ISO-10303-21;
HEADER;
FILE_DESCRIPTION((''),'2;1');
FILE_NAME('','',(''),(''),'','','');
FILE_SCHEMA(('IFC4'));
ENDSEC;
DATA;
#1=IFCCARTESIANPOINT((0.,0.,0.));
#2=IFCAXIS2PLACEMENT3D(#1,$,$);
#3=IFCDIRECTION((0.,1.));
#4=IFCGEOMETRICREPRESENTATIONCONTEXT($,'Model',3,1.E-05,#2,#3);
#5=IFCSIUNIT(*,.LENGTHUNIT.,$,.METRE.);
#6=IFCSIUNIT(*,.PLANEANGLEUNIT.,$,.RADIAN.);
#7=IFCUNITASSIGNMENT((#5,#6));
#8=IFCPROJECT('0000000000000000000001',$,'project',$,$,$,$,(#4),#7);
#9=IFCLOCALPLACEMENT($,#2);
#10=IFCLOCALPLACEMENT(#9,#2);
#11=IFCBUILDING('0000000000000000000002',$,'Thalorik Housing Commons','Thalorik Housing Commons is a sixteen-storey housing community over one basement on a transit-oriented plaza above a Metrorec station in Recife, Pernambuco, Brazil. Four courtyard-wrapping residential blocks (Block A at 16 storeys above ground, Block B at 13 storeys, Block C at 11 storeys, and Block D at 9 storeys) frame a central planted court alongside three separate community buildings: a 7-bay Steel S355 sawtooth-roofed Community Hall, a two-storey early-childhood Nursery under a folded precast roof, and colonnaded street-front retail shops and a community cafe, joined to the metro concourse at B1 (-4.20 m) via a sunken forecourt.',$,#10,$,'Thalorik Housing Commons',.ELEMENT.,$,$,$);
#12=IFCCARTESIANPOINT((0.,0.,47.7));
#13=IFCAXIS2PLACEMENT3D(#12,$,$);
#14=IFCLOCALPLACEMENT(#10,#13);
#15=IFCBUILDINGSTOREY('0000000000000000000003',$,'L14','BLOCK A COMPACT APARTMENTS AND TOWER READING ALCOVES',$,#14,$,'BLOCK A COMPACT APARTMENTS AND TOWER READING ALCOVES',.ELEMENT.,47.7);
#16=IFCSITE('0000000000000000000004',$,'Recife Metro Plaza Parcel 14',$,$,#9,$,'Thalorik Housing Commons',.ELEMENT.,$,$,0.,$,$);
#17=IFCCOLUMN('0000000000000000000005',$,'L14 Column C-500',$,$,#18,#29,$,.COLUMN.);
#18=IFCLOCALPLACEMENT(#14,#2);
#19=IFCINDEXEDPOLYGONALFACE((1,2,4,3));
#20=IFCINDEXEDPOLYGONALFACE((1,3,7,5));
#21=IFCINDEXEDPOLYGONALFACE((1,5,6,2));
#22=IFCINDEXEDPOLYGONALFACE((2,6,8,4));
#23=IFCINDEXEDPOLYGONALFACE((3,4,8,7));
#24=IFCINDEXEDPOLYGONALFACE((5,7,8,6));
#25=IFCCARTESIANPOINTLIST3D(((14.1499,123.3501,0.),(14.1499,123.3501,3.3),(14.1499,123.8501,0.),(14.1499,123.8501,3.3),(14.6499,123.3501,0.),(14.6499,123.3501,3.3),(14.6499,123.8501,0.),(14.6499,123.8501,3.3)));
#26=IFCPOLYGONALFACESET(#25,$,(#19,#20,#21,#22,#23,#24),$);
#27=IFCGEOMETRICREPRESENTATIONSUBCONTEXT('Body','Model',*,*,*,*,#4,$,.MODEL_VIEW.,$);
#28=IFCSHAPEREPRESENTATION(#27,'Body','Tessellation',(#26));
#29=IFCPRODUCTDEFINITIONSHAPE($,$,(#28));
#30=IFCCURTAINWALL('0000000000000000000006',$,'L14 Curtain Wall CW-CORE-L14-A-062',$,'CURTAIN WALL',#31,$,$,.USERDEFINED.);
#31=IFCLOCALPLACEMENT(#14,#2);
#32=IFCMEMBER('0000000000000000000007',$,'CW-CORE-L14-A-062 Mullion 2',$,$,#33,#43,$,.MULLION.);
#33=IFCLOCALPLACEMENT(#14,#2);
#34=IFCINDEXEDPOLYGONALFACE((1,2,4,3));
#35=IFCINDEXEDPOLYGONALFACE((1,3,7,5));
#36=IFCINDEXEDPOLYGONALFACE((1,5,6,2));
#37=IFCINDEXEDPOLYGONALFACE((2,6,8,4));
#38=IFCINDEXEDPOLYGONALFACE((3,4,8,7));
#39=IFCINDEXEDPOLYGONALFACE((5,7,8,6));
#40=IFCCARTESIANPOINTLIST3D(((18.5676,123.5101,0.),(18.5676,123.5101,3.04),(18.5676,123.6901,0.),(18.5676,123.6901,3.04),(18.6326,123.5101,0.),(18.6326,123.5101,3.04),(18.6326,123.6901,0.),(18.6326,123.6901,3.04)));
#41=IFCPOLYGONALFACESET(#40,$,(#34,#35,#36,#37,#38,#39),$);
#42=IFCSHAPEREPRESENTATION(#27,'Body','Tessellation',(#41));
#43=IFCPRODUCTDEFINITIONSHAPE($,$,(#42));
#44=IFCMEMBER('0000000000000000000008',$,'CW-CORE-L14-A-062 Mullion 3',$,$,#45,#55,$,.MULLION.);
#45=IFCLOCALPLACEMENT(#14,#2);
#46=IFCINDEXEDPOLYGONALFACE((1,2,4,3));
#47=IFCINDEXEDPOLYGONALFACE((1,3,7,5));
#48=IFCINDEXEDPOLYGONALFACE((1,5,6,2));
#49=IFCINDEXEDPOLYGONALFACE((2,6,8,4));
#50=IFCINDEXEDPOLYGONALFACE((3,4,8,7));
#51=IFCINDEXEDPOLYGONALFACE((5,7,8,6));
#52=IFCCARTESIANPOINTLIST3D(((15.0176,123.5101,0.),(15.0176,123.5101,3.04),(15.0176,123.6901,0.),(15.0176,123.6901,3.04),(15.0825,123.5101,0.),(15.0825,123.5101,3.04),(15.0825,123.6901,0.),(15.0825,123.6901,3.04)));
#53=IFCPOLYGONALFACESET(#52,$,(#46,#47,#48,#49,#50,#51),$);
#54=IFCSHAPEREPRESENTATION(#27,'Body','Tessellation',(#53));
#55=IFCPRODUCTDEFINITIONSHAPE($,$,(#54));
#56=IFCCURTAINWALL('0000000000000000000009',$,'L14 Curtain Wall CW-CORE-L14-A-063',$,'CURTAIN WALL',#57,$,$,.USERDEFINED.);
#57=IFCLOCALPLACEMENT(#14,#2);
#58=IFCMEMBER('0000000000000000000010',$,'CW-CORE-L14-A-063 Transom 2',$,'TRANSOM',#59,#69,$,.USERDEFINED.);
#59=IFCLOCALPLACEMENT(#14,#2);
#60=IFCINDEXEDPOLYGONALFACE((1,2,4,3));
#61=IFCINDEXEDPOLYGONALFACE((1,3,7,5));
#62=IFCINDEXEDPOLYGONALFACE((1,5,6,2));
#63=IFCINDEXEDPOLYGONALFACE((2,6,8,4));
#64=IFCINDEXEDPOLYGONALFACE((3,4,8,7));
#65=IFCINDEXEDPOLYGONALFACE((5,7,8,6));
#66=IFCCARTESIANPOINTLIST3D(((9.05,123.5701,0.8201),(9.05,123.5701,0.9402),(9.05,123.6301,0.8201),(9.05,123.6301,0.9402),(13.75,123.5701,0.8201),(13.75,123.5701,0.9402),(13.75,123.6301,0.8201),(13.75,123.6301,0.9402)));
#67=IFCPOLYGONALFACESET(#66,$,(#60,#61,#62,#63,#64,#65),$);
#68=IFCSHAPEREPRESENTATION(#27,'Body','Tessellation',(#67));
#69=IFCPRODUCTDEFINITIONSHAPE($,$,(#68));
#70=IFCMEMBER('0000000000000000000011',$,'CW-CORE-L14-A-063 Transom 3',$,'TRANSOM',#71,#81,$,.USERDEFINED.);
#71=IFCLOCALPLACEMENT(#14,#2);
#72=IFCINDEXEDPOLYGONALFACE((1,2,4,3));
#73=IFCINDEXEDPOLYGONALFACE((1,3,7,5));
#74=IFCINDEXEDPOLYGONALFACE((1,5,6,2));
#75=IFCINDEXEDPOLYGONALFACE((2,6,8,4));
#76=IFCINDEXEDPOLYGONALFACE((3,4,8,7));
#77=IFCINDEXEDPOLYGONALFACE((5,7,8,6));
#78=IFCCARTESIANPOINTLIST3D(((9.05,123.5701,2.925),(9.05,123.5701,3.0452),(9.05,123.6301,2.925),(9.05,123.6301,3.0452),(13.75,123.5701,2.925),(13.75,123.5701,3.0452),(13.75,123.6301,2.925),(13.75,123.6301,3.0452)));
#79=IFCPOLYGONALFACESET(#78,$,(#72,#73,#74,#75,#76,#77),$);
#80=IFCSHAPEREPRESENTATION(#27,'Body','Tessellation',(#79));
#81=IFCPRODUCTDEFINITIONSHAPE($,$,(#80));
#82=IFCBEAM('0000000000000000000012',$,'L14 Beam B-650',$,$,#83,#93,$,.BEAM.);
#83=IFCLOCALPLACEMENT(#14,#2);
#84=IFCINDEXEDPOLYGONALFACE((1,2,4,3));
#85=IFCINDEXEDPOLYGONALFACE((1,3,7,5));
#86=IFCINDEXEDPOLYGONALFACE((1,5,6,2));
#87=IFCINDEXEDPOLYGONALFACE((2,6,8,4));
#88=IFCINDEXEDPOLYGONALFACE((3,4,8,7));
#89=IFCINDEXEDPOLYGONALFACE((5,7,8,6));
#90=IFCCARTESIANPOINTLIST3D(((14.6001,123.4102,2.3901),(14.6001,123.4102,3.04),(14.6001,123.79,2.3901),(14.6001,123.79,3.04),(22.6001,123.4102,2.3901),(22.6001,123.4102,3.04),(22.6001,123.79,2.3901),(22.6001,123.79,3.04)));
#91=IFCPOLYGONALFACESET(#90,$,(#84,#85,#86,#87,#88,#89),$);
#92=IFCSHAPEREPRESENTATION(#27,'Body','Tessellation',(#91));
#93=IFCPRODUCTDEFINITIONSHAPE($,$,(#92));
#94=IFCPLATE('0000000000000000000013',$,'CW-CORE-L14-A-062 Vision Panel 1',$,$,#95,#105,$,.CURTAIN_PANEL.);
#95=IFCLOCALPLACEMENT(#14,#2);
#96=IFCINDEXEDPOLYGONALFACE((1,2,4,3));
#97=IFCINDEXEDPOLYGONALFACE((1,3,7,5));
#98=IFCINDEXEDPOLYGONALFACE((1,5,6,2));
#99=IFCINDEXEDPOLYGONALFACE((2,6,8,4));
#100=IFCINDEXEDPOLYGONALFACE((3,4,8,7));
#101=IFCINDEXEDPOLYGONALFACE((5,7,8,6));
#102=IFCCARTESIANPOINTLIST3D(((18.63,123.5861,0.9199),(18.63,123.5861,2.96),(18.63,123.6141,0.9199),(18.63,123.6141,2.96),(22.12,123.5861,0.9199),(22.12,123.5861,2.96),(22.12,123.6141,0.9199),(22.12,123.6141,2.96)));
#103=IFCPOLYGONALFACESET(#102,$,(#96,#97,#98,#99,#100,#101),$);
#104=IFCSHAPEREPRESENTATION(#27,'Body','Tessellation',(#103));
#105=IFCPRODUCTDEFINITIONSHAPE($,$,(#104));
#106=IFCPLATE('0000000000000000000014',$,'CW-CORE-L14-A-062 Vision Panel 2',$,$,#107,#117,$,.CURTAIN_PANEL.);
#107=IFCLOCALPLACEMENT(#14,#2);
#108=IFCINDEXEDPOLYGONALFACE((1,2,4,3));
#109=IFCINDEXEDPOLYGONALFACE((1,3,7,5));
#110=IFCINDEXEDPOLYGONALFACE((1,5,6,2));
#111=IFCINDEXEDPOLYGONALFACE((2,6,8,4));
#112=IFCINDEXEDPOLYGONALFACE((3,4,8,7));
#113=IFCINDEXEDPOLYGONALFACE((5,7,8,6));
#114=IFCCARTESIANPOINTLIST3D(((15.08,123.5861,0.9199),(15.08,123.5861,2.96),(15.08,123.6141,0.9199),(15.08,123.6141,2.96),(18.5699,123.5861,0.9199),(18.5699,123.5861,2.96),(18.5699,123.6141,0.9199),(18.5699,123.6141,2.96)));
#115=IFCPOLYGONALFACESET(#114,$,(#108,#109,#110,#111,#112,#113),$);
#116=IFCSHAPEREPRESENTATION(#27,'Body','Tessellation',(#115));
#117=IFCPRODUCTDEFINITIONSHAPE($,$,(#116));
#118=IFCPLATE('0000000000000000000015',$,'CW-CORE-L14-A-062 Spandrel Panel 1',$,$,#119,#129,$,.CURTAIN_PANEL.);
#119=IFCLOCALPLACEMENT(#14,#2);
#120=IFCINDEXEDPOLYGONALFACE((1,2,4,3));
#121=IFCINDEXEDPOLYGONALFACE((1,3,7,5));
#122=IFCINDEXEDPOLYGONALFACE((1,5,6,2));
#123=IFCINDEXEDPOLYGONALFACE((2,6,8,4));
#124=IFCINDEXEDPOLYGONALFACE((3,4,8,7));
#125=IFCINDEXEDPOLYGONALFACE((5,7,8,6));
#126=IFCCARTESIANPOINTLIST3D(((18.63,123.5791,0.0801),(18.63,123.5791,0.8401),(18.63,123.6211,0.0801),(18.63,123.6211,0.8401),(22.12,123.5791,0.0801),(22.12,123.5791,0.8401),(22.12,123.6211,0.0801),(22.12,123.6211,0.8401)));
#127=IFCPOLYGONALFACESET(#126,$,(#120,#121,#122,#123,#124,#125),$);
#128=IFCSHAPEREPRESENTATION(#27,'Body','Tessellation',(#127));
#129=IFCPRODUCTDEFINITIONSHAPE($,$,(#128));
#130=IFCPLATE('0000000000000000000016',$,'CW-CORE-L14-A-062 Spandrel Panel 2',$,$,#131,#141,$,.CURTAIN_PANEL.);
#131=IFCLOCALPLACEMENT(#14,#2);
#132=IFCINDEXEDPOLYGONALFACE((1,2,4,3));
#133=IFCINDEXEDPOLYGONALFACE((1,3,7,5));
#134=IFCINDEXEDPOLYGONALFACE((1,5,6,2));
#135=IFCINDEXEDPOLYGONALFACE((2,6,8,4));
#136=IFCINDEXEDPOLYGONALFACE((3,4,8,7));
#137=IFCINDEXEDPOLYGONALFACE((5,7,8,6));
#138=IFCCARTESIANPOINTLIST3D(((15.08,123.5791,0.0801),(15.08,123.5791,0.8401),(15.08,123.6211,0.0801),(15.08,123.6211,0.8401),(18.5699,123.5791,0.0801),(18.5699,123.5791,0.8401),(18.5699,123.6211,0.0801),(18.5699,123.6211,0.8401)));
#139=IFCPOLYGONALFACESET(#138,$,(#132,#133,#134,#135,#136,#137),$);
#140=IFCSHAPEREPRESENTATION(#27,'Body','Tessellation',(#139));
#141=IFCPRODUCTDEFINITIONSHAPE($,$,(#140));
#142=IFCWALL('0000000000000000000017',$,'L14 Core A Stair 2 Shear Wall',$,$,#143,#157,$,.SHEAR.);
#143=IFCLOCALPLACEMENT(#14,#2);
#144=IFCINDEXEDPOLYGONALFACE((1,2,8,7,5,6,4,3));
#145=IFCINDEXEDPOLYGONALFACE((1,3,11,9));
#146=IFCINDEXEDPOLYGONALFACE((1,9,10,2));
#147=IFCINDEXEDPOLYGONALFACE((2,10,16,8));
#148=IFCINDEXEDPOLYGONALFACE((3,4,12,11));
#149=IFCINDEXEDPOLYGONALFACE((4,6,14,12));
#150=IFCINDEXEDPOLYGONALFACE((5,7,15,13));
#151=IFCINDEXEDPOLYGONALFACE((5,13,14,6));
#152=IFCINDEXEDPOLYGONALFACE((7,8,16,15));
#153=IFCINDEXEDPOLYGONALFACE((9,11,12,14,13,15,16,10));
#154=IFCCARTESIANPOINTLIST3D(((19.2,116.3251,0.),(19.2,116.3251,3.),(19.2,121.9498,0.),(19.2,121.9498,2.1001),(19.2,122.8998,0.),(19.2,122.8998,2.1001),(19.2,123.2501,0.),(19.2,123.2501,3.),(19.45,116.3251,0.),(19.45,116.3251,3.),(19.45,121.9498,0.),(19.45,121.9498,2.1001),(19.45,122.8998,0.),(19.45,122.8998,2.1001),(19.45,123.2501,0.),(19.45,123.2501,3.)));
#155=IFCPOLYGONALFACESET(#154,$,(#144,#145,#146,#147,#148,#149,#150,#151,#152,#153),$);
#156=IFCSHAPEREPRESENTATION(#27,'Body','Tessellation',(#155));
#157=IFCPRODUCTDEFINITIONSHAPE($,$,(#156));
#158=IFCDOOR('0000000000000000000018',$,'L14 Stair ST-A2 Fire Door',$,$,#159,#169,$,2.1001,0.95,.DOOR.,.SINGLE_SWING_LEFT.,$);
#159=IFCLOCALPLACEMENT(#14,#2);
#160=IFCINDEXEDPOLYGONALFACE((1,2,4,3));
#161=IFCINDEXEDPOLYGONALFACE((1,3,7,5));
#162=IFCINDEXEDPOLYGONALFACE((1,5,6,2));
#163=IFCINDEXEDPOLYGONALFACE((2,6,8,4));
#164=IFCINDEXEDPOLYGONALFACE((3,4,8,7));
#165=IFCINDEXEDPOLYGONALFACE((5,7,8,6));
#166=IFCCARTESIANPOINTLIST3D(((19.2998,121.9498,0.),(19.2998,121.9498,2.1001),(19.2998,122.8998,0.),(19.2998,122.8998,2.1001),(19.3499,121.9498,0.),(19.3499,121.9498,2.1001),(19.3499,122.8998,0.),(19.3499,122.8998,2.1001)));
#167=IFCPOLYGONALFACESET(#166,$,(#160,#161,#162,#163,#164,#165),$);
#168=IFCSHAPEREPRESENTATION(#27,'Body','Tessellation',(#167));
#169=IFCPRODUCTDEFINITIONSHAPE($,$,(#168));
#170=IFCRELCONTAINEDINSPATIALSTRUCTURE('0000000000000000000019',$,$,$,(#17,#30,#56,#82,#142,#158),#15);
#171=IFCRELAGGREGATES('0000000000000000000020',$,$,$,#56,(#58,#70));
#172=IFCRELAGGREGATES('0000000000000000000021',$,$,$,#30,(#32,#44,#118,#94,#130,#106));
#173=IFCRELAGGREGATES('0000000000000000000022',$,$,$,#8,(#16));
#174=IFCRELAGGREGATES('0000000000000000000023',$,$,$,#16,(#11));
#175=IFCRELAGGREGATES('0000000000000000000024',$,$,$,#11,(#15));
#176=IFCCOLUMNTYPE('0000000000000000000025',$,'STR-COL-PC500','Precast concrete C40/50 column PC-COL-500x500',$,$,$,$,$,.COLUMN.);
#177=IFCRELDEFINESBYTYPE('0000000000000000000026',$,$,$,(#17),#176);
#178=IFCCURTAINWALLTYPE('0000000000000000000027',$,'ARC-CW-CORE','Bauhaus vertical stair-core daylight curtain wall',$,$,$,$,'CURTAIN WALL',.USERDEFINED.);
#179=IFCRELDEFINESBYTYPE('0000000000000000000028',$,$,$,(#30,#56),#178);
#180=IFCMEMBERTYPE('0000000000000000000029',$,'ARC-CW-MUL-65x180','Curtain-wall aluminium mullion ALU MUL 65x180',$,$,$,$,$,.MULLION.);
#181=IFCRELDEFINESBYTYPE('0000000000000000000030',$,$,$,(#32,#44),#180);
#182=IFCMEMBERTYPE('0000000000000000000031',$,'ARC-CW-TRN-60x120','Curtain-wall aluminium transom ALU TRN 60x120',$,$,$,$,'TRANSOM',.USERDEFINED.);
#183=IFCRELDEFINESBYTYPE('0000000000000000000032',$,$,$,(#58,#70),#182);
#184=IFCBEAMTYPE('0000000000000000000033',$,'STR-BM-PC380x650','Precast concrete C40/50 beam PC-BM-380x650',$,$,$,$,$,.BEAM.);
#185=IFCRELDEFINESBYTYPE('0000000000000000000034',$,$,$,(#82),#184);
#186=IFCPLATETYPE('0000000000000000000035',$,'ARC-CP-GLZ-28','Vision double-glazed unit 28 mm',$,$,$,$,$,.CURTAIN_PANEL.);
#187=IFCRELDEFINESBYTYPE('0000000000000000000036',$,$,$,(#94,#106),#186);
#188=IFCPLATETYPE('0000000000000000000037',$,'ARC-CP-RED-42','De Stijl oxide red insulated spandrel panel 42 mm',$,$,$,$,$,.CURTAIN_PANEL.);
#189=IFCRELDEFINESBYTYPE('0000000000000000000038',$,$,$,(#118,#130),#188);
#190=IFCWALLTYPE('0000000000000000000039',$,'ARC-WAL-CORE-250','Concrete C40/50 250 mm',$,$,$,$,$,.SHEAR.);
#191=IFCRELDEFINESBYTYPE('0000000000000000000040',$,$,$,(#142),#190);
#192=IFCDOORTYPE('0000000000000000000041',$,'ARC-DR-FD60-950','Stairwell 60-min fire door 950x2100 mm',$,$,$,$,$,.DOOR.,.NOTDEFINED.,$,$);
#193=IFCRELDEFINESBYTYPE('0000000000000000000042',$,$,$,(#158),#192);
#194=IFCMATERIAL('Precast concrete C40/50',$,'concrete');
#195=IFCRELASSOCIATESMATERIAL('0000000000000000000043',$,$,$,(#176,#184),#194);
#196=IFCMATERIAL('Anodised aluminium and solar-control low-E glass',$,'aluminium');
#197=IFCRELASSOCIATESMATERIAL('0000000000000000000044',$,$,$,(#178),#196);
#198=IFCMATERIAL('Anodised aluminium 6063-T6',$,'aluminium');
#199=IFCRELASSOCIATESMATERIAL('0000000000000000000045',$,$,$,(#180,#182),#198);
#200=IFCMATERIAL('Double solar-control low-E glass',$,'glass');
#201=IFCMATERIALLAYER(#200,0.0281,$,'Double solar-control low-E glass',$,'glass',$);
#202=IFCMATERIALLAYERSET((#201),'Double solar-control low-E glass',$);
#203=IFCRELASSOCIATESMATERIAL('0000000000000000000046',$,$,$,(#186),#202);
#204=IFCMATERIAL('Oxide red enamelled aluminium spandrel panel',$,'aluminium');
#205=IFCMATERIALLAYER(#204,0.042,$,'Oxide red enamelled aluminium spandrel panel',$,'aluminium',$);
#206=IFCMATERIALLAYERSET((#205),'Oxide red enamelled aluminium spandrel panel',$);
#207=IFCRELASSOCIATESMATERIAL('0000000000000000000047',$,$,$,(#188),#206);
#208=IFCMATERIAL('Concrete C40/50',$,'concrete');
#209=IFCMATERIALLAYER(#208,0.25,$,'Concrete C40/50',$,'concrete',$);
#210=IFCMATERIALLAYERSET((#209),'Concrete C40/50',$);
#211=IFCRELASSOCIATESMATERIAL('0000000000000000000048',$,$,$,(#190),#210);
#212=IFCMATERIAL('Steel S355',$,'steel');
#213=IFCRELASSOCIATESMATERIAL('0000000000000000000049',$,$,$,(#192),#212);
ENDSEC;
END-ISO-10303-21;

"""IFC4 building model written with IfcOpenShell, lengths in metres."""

from ifc_helpers import new_model, si_unit, direction, frame, frame_2d, origin, origin_2d, place, context, subcontext, project, spatial, rectangle, extrude, material, layer, layer_set, material_profile, profile_set, type_object, element, fill, aggregate, save


model = new_model("IFC4")

# Units and contexts
model_context = context("Model", 3, precision=1e-05, world=origin(), true_north=direction((0.0, 1.0)))
body_context = subcontext(model_context, "Body", "Model", "MODEL_VIEW")
ifc_project = project(units=[si_unit("LENGTHUNIT", "METRE"), si_unit("PLANEANGLEUNIT", "RADIAN")], contexts=[model_context])

# Site, building, storey
site_placement = place(None, origin())
site = spatial("IfcSite", under=ifc_project, at=site_placement, Name="Recife Metro Plaza Parcel 14", LongName="Thalorik Housing Commons", CompositionType="ELEMENT", RefElevation=0.0)
building_placement = place(site_placement, origin())
building = spatial("IfcBuilding", under=site, at=building_placement, Name="Thalorik Housing Commons", Description="Thalorik Housing Commons is a sixteen-storey housing community over one basement on a transit-oriented plaza above a Metrorec station in Recife, Pernambuco, Brazil. Four courtyard-wrapping residential blocks (Block A at 16 storeys above ground, Block B at 13 storeys, Block C at 11 storeys, and Block D at 9 storeys) frame a central planted court alongside three separate community buildings: a 7-bay Steel S355 sawtooth-roofed Community Hall, a two-storey early-childhood Nursery under a folded precast roof, and colonnaded street-front retail shops and a community cafe, joined to the metro concourse at B1 (-4.20 m) via a sunken forecourt.", LongName="Thalorik Housing Commons", CompositionType="ELEMENT")
storey_placement = place(building_placement, frame((0.0, 0.0, 47.7)))
storey = spatial("IfcBuildingStorey", under=building, at=storey_placement, Name="L14", Description="BLOCK A COMPACT APARTMENTS AND TOWER READING ALCOVES", LongName="BLOCK A COMPACT APARTMENTS AND TOWER READING ALCOVES", CompositionType="ELEMENT", Elevation=47.7)

# Column
ifc_material_1 = material(Name="Precast concrete C40/50", Category="concrete")
ifc_material_profile_1 = material_profile(ifc_material_1, rectangle(XDim=0.5, YDim=0.5, at=origin_2d()), Name="PC 500x500", Category="concrete")
ifc_profile_set_1 = profile_set([ifc_material_profile_1], Name="Precast concrete C40/50")
column_type = type_object("IfcColumnType", Name="STR-COL-PC500", Description="Precast concrete C40/50 column PC-COL-500x500", PredefinedType="COLUMN", material=ifc_profile_set_1)
column_placement = place(storey_placement, frame((14.3999, 123.6001, 0.0), z_axis=(0.0, 0.0, 1.0), x_axis=(1.0, 0.0, 0.0)))
element("IfcColumn", 1, at=column_placement, inside=storey, type_object=column_type, Name="L14 Column C-500", PredefinedType="COLUMN", context=body_context, shape_type="SweptSolid", body=[
    extrude(rectangle(XDim=0.5, YDim=0.5, at=origin_2d()), origin(), (0.0, 0.0, 1.0), 3.3),
])

# Curtain walls, members
ifc_material_2 = material(Name="Anodised aluminium and solar-control low-E glass", Category="aluminium")
curtain_wall_type = type_object("IfcCurtainWallType", Name="ARC-CW-CORE", Description="Bauhaus vertical stair-core daylight curtain wall", ElementType="CURTAIN WALL", PredefinedType="USERDEFINED", material=ifc_material_2)
curtain_wall_1_placement = place(storey_placement, origin())
curtain_wall_1 = element("IfcCurtainWall", 2, at=curtain_wall_1_placement, inside=storey, type_object=curtain_wall_type, Name="L14 Curtain Wall CW-CORE-L14-A-062", ObjectType="CURTAIN WALL", PredefinedType="USERDEFINED")
ifc_material_3 = material(Name="Anodised aluminium 6063-T6", Category="aluminium")
ifc_material_profile_2 = material_profile(ifc_material_3, rectangle(XDim=0.0649, YDim=0.1799, at=origin_2d()), Name="ALU MUL 65x180", Category="aluminium")
ifc_profile_set_2 = profile_set([ifc_material_profile_2], Name="Anodised aluminium 6063-T6")
member_type_1 = type_object("IfcMemberType", Name="ARC-CW-MUL-65x180", Description="Curtain-wall aluminium mullion ALU MUL 65x180", PredefinedType="MULLION", material=ifc_profile_set_2)
member_1_placement = place(storey_placement, frame((18.6001, 123.6001, 0.0), z_axis=(0.0, 0.0, 1.0), x_axis=(-1.0, 0.0, 0.0)))
member_1 = element("IfcMember", 3, at=member_1_placement, type_object=member_type_1, Name="CW-CORE-L14-A-062 Mullion 2", PredefinedType="MULLION", context=body_context, shape_type="SweptSolid", body=[
    extrude(rectangle(XDim=0.0649, YDim=0.1799, at=origin_2d()), origin(), (0.0, 0.0, 1.0), 3.04),
])
member_2_placement = place(storey_placement, frame((15.05, 123.6001, 0.0), z_axis=(0.0, 0.0, 1.0), x_axis=(-1.0, 0.0, 0.0)))
member_2 = element("IfcMember", 4, at=member_2_placement, type_object=member_type_1, Name="CW-CORE-L14-A-062 Mullion 3", PredefinedType="MULLION", context=body_context, shape_type="SweptSolid", body=[
    extrude(rectangle(XDim=0.0649, YDim=0.1799, at=origin_2d()), origin(), (0.0, 0.0, 1.0), 3.04),
])
curtain_wall_2_placement = place(storey_placement, origin())
curtain_wall_2 = element("IfcCurtainWall", 5, at=curtain_wall_2_placement, inside=storey, type_object=curtain_wall_type, Name="L14 Curtain Wall CW-CORE-L14-A-063", ObjectType="CURTAIN WALL", PredefinedType="USERDEFINED")
ifc_material_profile_3 = material_profile(ifc_material_3, rectangle(XDim=0.0601, YDim=0.1201, at=origin_2d()), Name="ALU TRN 60x120", Category="aluminium")
ifc_profile_set_3 = profile_set([ifc_material_profile_3], Name="Anodised aluminium 6063-T6")
member_type_2 = type_object("IfcMemberType", Name="ARC-CW-TRN-60x120", Description="Curtain-wall aluminium transom ALU TRN 60x120", ElementType="TRANSOM", PredefinedType="USERDEFINED", material=ifc_profile_set_3)
member_3_placement = place(storey_placement, frame((13.75, 123.6001, 0.8801), z_axis=(-1.0, 0.0, 0.0), x_axis=(0.0, -1.0, 0.0)))
member_3 = element("IfcMember", 6, at=member_3_placement, type_object=member_type_2, Name="CW-CORE-L14-A-063 Transom 2", ObjectType="TRANSOM", PredefinedType="USERDEFINED", context=body_context, shape_type="SweptSolid", body=[
    extrude(rectangle(XDim=0.0601, YDim=0.1201, at=origin_2d()), origin(), (0.0, 0.0, 1.0), 4.7),
])
member_4_placement = place(storey_placement, frame((13.75, 123.6001, 2.9851), z_axis=(-1.0, 0.0, 0.0), x_axis=(0.0, -1.0, 0.0)))
member_4 = element("IfcMember", 7, at=member_4_placement, type_object=member_type_2, Name="CW-CORE-L14-A-063 Transom 3", ObjectType="TRANSOM", PredefinedType="USERDEFINED", context=body_context, shape_type="SweptSolid", body=[
    extrude(rectangle(XDim=0.0601, YDim=0.1201, at=origin_2d()), origin(), (0.0, 0.0, 1.0), 4.7),
])
aggregate(curtain_wall_2, [member_3, member_4])

# Beam
ifc_material_profile_4 = material_profile(ifc_material_1, rectangle(XDim=0.3799, YDim=0.6499, at=origin_2d()), Name="PC 380x650", Category="concrete")
ifc_profile_set_4 = profile_set([ifc_material_profile_4], Name="Precast concrete C40/50")
beam_type = type_object("IfcBeamType", Name="STR-BM-PC380x650", Description="Precast concrete C40/50 beam PC-BM-380x650", PredefinedType="BEAM", material=ifc_profile_set_4)
beam_placement = place(storey_placement, frame((14.6001, 123.6001, 2.7151), z_axis=(1.0, 0.0, 0.0), x_axis=(0.0, 1.0, 0.0)))
element("IfcBeam", 8, at=beam_placement, inside=storey, type_object=beam_type, Name="L14 Beam B-650", PredefinedType="BEAM", context=body_context, shape_type="SweptSolid", body=[
    extrude(rectangle(XDim=0.3799, YDim=0.6499, at=origin_2d()), origin(), (0.0, 0.0, 1.0), 8.0),
])

# Plates
ifc_material_4 = material(Name="Double solar-control low-E glass", Category="glass")
ifc_layer_1 = layer(ifc_material_4, 0.0281, Name="Double solar-control low-E glass", Category="glass")
ifc_layer_set_1 = layer_set([ifc_layer_1], Name="Double solar-control low-E glass")
plate_type_1 = type_object("IfcPlateType", Name="ARC-CP-GLZ-28", Description="Vision double-glazed unit 28 mm", PredefinedType="CURTAIN_PANEL", material=ifc_layer_set_1)
plate_1_placement = place(storey_placement, frame((20.375, 123.6001, 0.9199), z_axis=(0.0, 0.0, 1.0), x_axis=(-1.0, 0.0, 0.0)))
plate_1 = element("IfcPlate", 9, at=plate_1_placement, type_object=plate_type_1, Name="CW-CORE-L14-A-062 Vision Panel 1", PredefinedType="CURTAIN_PANEL", context=body_context, shape_type="SweptSolid", body=[
    extrude(rectangle(XDim=3.49, YDim=0.0281, at=origin_2d()), origin(), (0.0, 0.0, 1.0), 2.04),
])
plate_2_placement = place(storey_placement, frame((16.825, 123.6001, 0.9199), z_axis=(0.0, 0.0, 1.0), x_axis=(-1.0, 0.0, 0.0)))
plate_2 = element("IfcPlate", 10, at=plate_2_placement, type_object=plate_type_1, Name="CW-CORE-L14-A-062 Vision Panel 2", PredefinedType="CURTAIN_PANEL", context=body_context, shape_type="SweptSolid", body=[
    extrude(rectangle(XDim=3.49, YDim=0.0281, at=origin_2d()), origin(), (0.0, 0.0, 1.0), 2.04),
])
ifc_material_5 = material(Name="Oxide red enamelled aluminium spandrel panel", Category="aluminium")
ifc_layer_2 = layer(ifc_material_5, 0.042, Name="Oxide red enamelled aluminium spandrel panel", Category="aluminium")
ifc_layer_set_2 = layer_set([ifc_layer_2], Name="Oxide red enamelled aluminium spandrel panel")
plate_type_2 = type_object("IfcPlateType", Name="ARC-CP-RED-42", Description="De Stijl oxide red insulated spandrel panel 42 mm", PredefinedType="CURTAIN_PANEL", material=ifc_layer_set_2)
plate_3_placement = place(storey_placement, frame((20.375, 123.6001, 0.0801), z_axis=(0.0, 0.0, 1.0), x_axis=(-1.0, 0.0, 0.0)))
plate_3 = element("IfcPlate", 11, at=plate_3_placement, type_object=plate_type_2, Name="CW-CORE-L14-A-062 Spandrel Panel 1", PredefinedType="CURTAIN_PANEL", context=body_context, shape_type="SweptSolid", body=[
    extrude(rectangle(XDim=3.49, YDim=0.042, at=origin_2d()), origin(), (0.0, 0.0, 1.0), 0.76),
])
plate_4_placement = place(storey_placement, frame((16.825, 123.6001, 0.0801), z_axis=(0.0, 0.0, 1.0), x_axis=(-1.0, 0.0, 0.0)))
plate_4 = element("IfcPlate", 12, at=plate_4_placement, type_object=plate_type_2, Name="CW-CORE-L14-A-062 Spandrel Panel 2", PredefinedType="CURTAIN_PANEL", context=body_context, shape_type="SweptSolid", body=[
    extrude(rectangle(XDim=3.49, YDim=0.042, at=origin_2d()), origin(), (0.0, 0.0, 1.0), 0.76),
])
aggregate(curtain_wall_1, [member_1, member_2, plate_3, plate_1, plate_4, plate_2])

# Wall, opening, door
ifc_material_6 = material(Name="Concrete C40/50", Category="concrete")
ifc_layer_3 = layer(ifc_material_6, 0.25, Name="Concrete C40/50", Category="concrete")
ifc_layer_set_3 = layer_set([ifc_layer_3], Name="Concrete C40/50")
wall_type_1 = type_object("IfcWallType", Name="ARC-WAL-CORE-250", Description="Concrete C40/50 250 mm", PredefinedType="SHEAR", material=ifc_layer_set_3)
wall_1_placement = place(storey_placement, frame((19.325, 123.25, 0.0), z_axis=(0.0, 0.0, 1.0), x_axis=(0.0, -1.0, 0.0)))
wall_1 = element("IfcWall", 13, at=wall_1_placement, inside=storey, type_object=wall_type_1, Name="L14 Core A Stair 2 Shear Wall", PredefinedType="SHEAR", context=body_context, shape_type="SweptSolid", body=[
    extrude(rectangle(XDim=6.925, YDim=0.25, at=frame_2d((3.4624, 0.0))), origin(), (0.0, 0.0, 1.0), 3.0),
])
opening_placement = place(wall_1_placement, frame((0.3501, 0.0, 0.0)))
opening = element("IfcOpeningElement", 14, at=opening_placement, cuts=wall_1, PredefinedType="OPENING", context=body_context, shape_type="SweptSolid", body=[
    extrude(rectangle(XDim=0.95, YDim=2.1001, at=frame_2d((0.4751, 1.05))), frame((0.0, 0.135, 0.0), z_axis=(0.0, -1.0, 0.0), x_axis=(1.0, 0.0, 0.0)), (0.0, 0.0, 1.0), 0.27),
])
ifc_material_7 = material(Name="Steel S355", Category="steel")
door_type = type_object("IfcDoorType", Name="ARC-DR-FD60-950", Description="Stairwell 60-min fire door 950x2100 mm", OperationType="NOTDEFINED", PredefinedType="DOOR", material=ifc_material_7)
door_placement = place(opening_placement, origin())
door = element("IfcDoor", 15, at=door_placement, inside=storey, type_object=door_type, Name="L14 Stair ST-A2 Fire Door", OperationType="SINGLE_SWING_LEFT", OverallHeight=2.1001, OverallWidth=0.95, PredefinedType="DOOR", context=body_context, shape_type="SweptSolid", body=[
    extrude(rectangle(XDim=0.95, YDim=2.1001, at=frame_2d((0.4751, 1.05))), frame((0.0, 0.0249, 0.0), z_axis=(0.0, -1.0, 0.0), x_axis=(1.0, 0.0, 0.0)), (0.0, 0.0, 1.0), 0.05),
])
fill(opening, door)

save(model, "model.ifc")
